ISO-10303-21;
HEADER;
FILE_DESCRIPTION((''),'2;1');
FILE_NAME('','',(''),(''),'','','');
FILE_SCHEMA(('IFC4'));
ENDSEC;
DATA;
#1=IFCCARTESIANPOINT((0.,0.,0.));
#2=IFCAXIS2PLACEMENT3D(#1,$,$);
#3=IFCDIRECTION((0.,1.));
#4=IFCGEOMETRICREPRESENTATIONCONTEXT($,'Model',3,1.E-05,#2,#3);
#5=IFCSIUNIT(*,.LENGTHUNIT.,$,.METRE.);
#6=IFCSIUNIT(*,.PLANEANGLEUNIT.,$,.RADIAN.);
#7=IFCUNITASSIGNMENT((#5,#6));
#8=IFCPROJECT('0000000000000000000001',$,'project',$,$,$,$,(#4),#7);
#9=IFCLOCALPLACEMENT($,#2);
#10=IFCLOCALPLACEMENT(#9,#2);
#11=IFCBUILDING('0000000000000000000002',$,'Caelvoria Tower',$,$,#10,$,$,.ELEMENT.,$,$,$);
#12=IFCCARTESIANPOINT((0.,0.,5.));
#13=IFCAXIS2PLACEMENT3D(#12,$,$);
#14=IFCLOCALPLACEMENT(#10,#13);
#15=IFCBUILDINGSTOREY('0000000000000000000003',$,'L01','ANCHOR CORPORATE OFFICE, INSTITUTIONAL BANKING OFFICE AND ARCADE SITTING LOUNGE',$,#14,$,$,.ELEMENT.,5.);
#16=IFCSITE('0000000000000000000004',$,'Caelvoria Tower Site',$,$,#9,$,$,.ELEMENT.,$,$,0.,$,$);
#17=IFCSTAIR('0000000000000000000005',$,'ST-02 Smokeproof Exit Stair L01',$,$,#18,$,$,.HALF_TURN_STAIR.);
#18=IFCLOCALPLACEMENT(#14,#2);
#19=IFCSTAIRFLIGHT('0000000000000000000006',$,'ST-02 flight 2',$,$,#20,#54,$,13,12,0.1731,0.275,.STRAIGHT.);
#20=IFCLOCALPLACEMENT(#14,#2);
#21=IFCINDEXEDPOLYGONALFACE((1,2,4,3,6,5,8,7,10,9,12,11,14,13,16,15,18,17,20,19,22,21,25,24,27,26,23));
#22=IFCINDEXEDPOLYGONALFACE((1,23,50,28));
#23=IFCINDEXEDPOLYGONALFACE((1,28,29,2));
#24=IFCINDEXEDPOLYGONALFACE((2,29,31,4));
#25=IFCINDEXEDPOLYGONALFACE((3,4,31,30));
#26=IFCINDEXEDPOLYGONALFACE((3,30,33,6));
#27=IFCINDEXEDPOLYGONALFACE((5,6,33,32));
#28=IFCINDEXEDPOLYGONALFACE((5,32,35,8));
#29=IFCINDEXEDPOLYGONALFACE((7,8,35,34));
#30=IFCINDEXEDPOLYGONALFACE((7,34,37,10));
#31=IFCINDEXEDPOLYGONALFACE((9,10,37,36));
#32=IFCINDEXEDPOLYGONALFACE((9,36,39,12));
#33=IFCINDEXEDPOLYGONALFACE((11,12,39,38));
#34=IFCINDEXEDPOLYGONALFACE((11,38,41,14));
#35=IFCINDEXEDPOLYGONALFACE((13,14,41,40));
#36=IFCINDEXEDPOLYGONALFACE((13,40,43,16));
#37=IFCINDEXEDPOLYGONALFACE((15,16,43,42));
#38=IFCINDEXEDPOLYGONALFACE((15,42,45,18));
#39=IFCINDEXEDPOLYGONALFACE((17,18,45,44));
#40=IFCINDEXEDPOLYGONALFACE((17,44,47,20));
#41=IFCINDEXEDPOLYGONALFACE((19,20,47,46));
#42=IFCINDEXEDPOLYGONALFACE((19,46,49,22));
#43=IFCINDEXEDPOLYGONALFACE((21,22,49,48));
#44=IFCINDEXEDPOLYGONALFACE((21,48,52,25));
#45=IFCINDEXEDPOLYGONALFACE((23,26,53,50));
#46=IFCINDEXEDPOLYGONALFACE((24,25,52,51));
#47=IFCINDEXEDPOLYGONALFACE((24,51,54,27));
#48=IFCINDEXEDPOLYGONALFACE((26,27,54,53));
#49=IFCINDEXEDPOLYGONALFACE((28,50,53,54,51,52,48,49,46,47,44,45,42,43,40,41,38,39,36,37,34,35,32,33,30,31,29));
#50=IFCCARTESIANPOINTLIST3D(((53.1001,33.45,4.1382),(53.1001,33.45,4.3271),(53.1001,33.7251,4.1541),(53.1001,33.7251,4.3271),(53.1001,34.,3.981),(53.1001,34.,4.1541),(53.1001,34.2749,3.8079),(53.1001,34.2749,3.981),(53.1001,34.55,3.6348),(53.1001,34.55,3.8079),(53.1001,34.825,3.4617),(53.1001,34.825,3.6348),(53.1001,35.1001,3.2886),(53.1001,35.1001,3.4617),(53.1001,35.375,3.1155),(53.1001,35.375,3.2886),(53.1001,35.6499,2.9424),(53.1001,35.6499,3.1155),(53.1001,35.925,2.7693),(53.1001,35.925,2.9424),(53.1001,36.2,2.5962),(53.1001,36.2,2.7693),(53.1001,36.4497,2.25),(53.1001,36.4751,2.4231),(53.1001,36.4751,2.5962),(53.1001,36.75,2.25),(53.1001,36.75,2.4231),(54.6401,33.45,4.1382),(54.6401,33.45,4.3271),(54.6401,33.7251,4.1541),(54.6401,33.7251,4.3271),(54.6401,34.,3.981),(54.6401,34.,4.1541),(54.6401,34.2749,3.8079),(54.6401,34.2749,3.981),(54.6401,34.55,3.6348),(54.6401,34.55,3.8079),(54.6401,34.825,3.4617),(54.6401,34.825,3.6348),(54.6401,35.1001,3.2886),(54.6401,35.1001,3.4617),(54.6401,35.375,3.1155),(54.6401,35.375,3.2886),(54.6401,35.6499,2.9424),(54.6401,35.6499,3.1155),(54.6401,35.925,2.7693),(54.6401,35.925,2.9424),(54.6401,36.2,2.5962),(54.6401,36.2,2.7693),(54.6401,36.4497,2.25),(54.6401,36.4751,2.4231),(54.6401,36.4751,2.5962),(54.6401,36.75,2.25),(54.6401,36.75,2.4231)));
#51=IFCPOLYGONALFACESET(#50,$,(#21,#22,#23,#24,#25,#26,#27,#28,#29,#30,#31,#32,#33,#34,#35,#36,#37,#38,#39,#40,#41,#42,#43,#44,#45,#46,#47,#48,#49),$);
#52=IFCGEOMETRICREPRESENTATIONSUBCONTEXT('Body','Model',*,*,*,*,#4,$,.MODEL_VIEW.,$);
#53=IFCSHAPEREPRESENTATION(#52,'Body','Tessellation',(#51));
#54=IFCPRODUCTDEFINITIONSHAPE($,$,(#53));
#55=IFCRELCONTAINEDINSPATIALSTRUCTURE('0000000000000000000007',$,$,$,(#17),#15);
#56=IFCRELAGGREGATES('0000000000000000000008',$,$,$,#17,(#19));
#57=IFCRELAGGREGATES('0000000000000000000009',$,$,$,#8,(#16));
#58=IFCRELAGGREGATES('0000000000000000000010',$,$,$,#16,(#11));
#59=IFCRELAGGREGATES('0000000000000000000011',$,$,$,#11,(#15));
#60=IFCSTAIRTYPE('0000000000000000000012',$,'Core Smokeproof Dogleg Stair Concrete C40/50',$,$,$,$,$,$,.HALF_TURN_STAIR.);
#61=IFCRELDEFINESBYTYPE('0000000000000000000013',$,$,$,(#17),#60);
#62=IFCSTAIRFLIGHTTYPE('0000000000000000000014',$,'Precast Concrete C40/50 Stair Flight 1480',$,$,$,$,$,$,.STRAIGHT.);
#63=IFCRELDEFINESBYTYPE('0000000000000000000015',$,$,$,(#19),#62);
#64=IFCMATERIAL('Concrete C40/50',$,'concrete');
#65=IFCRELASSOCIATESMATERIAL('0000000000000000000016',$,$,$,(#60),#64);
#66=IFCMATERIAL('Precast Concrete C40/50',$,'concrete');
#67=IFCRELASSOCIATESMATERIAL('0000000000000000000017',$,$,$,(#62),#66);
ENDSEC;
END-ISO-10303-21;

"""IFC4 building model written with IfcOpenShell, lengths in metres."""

from ifc_helpers import new_model, si_unit, direction, frame, origin, place, context, subcontext, project, spatial, polyline, outline, extrude, material, type_object, element, aggregate, save


model = new_model("IFC4")

# Units and contexts
model_context = context("Model", 3, precision=1e-05, world=origin(), true_north=direction((0.0, 1.0)))
body_context = subcontext(model_context, "Body", "Model", "MODEL_VIEW")
ifc_project = project(units=[si_unit("LENGTHUNIT", "METRE"), si_unit("PLANEANGLEUNIT", "RADIAN")], contexts=[model_context])

# Site, building, storey
site_placement = place(None, origin())
site = spatial("IfcSite", under=ifc_project, at=site_placement, Name="Caelvoria Tower Site", CompositionType="ELEMENT", RefElevation=0.0)
building_placement = place(site_placement, origin())
building = spatial("IfcBuilding", under=site, at=building_placement, Name="Caelvoria Tower", CompositionType="ELEMENT")
storey_placement = place(building_placement, frame((0.0, 0.0, 5.0)))
storey = spatial("IfcBuildingStorey", under=building, at=storey_placement, Name="L01", Description="ANCHOR CORPORATE OFFICE, INSTITUTIONAL BANKING OFFICE AND ARCADE SITTING LOUNGE", CompositionType="ELEMENT", Elevation=5.0)

# Shared definitions
ifc_material_1 = material(Name="Concrete C40/50", Category="concrete")
stair_type = type_object("IfcStairType", Name="Core Smokeproof Dogleg Stair Concrete C40/50", PredefinedType="HALF_TURN_STAIR", material=ifc_material_1)
ifc_material_2 = material(Name="Precast Concrete C40/50", Category="concrete")
stair_flight_type = type_object("IfcStairFlightType", Name="Precast Concrete C40/50 Stair Flight 1480", PredefinedType="STRAIGHT", material=ifc_material_2)

# Stair, stair flight
stair_1_placement = place(storey_placement, origin())
stair_1 = element("IfcStair", 1, at=stair_1_placement, inside=storey, type_object=stair_type, Name="ST-02 Smokeproof Exit Stair L01", PredefinedType="HALF_TURN_STAIR")
stair_flight_1_placement = place(storey_placement, frame((53.8701, 36.75, 2.25), z_axis=(0.0, 0.0, 1.0), x_axis=(0.0, -1.0, 0.0)))
stair_flight_1 = element("IfcStairFlight", 2, at=stair_flight_1_placement, type_object=stair_flight_type, Name="ST-02 flight 2", NumberOfRisers=13, NumberOfTreads=12, PredefinedType="STRAIGHT", RiserHeight=0.1731, TreadLength=0.275, context=body_context, shape_type="SweptSolid", body=[
    extrude(outline(polyline([(0.0, 0.0), (0.0, 0.1731), (0.2749, 0.1731), (0.2749, 0.3462), (0.55, 0.3462), (0.55, 0.5193), (0.825, 0.5193), (0.825, 0.6924), (1.1001, 0.6924), (1.1001, 0.8655), (1.375, 0.8655), (1.375, 1.0386), (1.6499, 1.0386), (1.6499, 1.2117), (1.925, 1.2117), (1.925, 1.3848), (2.2, 1.3848), (2.2, 1.5579), (2.4751, 1.5579), (2.4751, 1.731), (2.75, 1.731), (2.75, 1.9041), (3.0249, 1.9041), (3.0249, 2.0771), (3.3, 2.0771), (3.3, 2.2502), (3.3, 1.8882), (0.3003, 0.0), (0.0, 0.0)])), frame((0.0, 0.77, 0.0), z_axis=(0.0, -1.0, 0.0), x_axis=(1.0, 0.0, 0.0)), (0.0, 0.0, 1.0), 1.54),
])
aggregate(stair_1, [stair_flight_1])

save(model, "model.ifc")
